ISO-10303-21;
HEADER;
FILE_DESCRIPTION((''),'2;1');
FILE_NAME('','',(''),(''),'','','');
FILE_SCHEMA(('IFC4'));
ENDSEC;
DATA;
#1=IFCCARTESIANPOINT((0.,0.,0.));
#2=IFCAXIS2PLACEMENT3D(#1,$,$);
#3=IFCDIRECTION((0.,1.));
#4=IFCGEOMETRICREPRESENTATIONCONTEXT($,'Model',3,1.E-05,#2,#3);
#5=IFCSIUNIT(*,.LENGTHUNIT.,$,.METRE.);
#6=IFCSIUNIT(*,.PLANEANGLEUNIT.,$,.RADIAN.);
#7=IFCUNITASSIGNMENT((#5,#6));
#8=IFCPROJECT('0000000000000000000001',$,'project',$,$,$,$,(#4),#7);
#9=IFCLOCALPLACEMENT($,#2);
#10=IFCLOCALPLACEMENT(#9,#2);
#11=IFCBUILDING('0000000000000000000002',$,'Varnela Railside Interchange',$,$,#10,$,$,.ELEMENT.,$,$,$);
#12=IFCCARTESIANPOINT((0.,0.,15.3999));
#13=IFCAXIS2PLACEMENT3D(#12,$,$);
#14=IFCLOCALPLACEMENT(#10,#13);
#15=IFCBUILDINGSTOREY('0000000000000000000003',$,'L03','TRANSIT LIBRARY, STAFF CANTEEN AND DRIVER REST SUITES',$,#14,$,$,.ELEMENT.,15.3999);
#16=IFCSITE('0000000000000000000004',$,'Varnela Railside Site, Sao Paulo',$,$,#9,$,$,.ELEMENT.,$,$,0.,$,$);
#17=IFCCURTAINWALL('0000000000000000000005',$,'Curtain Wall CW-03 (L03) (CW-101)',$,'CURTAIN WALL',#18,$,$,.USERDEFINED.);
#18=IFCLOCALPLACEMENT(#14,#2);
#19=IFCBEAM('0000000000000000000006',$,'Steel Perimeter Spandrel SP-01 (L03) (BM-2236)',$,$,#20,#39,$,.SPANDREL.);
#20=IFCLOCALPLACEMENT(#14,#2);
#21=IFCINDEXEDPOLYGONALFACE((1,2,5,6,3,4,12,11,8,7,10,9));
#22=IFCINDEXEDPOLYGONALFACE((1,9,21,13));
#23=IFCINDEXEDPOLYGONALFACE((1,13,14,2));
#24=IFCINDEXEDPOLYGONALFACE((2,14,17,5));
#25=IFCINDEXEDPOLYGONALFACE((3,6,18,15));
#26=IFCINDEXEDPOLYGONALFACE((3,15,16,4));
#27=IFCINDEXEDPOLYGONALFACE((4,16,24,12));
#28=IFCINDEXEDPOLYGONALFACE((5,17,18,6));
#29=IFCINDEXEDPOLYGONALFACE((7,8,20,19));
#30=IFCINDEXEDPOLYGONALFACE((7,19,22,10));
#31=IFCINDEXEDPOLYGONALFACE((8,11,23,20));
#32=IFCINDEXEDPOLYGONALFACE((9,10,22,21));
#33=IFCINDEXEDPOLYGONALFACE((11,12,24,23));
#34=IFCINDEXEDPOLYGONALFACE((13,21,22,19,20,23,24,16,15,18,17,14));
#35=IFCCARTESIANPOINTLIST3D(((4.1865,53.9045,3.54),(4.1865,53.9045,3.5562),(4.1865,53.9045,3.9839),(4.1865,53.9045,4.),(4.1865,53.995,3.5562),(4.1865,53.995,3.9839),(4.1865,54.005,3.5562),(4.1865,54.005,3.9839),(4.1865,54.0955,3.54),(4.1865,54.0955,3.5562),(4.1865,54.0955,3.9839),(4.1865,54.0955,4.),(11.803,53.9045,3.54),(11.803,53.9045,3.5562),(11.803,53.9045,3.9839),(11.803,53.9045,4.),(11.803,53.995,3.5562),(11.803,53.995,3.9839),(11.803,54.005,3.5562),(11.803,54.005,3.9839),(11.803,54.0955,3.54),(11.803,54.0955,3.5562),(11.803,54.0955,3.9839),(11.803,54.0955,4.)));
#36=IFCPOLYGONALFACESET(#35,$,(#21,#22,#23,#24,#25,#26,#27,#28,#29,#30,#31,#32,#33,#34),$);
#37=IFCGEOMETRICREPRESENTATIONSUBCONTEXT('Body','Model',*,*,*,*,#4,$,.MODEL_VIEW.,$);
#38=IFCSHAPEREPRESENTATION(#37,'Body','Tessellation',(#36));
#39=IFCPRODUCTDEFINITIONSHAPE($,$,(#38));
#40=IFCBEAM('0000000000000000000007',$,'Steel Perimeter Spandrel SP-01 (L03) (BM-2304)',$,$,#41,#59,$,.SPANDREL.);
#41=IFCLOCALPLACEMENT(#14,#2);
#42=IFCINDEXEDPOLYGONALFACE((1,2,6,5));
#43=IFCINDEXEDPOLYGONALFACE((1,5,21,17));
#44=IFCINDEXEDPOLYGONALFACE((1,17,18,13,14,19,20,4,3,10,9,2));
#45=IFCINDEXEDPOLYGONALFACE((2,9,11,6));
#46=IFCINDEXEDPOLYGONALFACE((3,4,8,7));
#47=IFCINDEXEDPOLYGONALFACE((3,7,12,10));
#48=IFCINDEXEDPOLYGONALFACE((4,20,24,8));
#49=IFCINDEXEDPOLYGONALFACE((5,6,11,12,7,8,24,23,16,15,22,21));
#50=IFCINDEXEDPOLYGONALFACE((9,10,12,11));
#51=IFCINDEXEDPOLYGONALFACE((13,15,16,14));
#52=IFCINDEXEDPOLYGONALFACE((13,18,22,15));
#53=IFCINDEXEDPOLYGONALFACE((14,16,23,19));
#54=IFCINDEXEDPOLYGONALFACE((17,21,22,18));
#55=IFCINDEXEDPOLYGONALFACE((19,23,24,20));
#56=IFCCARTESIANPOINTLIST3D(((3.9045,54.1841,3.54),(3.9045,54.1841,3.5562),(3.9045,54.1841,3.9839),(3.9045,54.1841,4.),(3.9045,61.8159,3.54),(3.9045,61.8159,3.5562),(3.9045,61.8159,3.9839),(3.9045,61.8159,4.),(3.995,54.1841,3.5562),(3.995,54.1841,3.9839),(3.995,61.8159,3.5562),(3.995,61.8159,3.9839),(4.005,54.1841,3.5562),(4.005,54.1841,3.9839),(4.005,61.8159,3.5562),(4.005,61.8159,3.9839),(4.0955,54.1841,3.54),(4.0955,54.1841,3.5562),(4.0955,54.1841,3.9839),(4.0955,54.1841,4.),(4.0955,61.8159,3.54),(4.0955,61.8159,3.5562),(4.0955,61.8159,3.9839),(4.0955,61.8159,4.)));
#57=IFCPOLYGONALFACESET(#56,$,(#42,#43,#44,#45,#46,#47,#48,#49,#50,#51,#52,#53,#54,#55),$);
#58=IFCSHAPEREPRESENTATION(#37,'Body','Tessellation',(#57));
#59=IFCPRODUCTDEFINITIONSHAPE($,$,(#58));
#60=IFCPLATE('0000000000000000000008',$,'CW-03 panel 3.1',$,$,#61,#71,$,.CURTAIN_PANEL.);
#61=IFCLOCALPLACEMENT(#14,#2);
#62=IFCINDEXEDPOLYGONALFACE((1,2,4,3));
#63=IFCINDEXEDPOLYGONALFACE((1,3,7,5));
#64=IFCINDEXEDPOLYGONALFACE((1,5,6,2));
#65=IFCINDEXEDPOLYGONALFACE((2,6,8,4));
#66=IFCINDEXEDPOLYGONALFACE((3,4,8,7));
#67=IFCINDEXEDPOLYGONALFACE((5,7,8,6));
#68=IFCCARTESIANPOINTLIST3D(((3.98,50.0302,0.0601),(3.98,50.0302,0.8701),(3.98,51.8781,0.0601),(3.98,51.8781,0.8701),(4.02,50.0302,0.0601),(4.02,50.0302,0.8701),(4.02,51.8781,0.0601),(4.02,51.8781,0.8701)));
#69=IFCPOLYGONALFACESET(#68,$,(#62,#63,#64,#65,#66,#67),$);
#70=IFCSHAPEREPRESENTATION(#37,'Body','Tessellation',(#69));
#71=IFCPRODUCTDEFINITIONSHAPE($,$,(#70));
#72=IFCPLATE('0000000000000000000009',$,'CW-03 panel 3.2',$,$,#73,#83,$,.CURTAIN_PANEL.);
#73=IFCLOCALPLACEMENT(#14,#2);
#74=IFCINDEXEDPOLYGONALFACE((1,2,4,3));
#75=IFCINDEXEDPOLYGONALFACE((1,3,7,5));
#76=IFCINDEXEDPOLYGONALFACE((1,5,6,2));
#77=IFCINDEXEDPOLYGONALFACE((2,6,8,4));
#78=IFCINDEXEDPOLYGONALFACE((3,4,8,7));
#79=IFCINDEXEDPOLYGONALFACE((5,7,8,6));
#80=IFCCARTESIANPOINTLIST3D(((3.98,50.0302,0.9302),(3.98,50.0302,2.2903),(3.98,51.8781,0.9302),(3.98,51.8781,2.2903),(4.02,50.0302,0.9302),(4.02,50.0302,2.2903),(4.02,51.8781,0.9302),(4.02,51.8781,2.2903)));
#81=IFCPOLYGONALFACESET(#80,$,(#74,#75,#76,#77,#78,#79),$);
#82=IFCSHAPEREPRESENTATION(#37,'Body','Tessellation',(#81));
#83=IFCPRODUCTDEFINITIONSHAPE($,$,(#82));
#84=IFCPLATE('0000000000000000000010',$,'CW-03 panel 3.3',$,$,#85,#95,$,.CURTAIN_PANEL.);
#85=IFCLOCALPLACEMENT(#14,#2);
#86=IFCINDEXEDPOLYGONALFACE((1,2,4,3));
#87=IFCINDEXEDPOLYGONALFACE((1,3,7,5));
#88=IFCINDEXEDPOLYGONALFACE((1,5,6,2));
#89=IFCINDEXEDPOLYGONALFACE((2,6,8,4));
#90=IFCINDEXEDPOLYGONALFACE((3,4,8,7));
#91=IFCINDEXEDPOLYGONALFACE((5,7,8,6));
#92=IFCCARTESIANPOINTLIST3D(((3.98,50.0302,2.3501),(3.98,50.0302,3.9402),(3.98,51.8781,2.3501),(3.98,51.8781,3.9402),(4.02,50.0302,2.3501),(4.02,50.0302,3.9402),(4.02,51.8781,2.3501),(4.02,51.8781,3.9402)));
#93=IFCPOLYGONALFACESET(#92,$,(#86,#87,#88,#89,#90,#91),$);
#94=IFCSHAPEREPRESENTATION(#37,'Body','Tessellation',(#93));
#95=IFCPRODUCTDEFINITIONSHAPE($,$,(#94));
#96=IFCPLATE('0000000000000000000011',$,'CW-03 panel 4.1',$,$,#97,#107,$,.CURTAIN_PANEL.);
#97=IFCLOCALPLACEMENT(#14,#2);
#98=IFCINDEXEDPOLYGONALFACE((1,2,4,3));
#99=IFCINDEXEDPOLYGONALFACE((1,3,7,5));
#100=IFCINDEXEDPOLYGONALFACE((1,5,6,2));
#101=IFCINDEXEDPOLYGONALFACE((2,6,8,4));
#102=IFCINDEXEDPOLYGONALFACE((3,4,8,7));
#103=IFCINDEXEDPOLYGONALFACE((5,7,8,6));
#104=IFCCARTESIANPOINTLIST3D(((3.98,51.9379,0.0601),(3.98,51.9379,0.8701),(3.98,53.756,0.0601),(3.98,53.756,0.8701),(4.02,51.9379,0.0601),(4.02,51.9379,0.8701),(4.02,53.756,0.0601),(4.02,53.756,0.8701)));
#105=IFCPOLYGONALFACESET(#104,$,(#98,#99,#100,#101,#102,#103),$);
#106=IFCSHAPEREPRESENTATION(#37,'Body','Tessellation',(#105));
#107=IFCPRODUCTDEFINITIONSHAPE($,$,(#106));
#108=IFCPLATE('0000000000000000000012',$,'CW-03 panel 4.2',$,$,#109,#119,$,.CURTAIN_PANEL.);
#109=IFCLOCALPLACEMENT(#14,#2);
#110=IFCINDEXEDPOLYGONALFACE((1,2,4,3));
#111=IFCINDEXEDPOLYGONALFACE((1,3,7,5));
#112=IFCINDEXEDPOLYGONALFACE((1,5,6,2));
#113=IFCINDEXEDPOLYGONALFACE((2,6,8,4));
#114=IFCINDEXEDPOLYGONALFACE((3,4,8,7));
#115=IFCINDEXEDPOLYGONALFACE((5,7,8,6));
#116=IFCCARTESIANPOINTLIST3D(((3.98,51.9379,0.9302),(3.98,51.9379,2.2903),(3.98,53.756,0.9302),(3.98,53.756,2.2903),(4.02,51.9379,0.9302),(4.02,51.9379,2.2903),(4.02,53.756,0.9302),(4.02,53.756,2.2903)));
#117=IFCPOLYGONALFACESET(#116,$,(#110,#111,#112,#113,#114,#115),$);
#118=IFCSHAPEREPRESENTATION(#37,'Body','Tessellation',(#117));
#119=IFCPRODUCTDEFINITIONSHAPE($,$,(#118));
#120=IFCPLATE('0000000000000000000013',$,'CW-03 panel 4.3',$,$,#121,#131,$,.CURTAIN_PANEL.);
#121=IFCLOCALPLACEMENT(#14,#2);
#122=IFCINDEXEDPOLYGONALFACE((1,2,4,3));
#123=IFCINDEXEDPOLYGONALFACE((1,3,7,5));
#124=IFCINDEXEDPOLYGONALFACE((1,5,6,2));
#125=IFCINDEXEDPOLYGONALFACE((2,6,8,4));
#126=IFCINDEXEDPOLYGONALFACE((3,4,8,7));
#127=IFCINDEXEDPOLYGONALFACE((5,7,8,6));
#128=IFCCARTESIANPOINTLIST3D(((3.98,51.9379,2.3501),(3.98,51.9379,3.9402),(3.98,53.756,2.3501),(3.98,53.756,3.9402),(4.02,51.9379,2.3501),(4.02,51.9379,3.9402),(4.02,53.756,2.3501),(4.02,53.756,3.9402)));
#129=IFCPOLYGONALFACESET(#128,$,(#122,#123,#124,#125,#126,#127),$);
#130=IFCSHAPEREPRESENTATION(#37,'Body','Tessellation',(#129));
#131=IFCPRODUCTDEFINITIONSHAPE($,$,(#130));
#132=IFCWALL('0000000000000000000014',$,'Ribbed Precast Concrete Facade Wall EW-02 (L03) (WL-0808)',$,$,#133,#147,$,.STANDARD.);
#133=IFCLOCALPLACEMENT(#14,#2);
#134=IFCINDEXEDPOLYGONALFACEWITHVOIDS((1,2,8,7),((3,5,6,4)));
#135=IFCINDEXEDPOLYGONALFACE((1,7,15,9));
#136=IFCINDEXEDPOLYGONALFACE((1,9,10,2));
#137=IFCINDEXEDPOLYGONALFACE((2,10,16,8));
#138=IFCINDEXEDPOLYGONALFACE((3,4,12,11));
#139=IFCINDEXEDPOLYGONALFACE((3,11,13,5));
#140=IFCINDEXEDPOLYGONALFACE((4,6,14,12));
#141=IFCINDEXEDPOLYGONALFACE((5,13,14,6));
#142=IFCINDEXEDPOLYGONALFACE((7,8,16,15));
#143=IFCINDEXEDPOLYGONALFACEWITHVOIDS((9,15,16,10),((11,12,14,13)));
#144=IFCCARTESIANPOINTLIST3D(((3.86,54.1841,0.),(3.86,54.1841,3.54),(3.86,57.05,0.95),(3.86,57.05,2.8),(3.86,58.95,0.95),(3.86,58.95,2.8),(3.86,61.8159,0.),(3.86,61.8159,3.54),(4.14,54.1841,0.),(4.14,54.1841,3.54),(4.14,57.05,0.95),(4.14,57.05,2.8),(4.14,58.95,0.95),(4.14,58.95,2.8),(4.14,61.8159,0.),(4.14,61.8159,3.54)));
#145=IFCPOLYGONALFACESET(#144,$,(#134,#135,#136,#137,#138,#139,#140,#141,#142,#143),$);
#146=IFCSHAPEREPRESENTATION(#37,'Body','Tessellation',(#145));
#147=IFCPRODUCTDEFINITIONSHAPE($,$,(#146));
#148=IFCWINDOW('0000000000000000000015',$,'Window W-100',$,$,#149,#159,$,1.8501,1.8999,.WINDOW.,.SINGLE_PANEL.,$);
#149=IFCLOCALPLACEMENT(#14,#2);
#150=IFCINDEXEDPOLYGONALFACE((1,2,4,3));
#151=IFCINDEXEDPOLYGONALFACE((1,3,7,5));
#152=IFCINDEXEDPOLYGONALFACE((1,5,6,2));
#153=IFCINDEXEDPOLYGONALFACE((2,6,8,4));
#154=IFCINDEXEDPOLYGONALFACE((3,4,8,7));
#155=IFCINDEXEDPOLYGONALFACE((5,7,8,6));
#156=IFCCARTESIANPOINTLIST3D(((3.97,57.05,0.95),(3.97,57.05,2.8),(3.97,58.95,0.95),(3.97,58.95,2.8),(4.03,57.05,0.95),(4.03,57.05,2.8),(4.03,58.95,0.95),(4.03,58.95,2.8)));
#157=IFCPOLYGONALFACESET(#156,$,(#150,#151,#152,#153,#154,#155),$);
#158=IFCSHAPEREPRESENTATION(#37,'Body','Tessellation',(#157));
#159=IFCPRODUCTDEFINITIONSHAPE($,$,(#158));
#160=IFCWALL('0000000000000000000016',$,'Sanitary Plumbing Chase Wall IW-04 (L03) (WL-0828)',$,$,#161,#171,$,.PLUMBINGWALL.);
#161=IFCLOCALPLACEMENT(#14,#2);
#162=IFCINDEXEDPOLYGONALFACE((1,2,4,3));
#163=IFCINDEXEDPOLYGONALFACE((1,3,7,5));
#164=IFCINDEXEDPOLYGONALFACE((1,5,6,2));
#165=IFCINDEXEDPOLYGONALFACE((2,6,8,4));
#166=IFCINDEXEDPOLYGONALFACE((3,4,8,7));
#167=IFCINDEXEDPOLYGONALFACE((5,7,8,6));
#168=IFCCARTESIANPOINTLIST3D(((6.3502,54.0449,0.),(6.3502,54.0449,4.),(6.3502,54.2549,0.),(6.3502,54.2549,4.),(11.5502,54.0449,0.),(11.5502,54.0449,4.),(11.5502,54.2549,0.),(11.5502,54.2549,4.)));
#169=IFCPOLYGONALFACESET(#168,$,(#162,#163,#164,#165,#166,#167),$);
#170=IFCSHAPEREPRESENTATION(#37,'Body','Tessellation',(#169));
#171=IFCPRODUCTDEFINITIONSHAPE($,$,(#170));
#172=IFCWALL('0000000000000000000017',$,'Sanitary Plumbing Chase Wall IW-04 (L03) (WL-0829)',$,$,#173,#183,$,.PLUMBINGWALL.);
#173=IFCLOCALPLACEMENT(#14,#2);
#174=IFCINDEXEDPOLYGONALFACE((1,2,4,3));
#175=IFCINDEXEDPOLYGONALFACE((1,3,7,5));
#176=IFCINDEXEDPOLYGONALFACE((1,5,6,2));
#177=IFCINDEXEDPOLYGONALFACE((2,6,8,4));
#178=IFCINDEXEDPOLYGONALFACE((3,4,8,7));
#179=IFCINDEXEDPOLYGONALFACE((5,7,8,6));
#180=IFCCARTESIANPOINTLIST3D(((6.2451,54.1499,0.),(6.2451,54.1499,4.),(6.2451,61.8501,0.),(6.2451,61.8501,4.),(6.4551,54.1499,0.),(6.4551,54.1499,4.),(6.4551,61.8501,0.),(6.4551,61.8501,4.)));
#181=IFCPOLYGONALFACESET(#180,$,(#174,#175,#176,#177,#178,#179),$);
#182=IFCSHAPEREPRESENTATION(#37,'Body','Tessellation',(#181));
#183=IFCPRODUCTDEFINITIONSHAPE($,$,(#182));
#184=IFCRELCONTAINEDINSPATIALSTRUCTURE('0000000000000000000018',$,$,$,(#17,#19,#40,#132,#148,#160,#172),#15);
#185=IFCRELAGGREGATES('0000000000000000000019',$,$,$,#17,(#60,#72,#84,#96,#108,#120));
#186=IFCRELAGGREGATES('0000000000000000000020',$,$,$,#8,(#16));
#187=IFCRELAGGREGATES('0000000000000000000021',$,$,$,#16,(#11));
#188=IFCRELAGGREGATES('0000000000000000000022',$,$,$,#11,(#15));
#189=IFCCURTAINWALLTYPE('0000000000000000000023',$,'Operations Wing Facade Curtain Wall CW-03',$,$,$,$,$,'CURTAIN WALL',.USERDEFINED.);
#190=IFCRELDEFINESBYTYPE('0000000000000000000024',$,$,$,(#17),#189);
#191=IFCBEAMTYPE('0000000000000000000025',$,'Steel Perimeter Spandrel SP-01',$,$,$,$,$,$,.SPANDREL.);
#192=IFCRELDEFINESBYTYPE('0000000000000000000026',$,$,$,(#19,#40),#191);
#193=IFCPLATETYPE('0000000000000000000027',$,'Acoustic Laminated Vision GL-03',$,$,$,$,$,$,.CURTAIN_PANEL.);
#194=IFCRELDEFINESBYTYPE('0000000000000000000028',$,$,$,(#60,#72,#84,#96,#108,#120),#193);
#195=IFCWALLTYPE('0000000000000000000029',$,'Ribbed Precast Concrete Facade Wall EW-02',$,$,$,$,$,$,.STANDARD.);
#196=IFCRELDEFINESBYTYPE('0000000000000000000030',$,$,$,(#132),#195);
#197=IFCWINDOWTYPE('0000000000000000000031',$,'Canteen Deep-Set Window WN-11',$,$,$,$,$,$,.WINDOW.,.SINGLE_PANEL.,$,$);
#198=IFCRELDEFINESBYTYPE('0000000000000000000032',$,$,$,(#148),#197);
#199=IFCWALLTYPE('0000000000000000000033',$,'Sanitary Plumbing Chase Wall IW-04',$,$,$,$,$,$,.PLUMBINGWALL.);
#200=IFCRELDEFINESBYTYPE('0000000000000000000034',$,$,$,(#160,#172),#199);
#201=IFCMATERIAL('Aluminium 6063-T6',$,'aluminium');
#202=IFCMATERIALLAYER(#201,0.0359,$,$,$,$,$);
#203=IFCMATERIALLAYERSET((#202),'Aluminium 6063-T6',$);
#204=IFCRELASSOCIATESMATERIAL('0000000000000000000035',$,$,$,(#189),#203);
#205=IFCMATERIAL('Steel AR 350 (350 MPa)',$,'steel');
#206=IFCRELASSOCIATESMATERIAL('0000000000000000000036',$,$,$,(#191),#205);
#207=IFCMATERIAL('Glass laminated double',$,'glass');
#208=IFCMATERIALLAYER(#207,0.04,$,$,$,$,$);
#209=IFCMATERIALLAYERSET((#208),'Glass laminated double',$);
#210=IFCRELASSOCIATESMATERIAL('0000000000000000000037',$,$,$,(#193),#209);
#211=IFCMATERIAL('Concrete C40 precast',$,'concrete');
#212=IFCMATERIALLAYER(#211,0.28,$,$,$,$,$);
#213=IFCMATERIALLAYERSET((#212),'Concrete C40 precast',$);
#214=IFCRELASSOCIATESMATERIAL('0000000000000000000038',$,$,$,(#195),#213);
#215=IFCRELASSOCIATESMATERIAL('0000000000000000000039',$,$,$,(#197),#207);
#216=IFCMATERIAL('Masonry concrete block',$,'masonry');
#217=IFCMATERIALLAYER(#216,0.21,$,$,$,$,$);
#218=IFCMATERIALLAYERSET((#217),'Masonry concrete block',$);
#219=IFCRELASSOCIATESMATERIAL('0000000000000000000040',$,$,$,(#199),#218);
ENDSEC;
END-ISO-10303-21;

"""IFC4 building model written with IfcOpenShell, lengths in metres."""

from ifc_helpers import new_model, si_unit, direction, frame, frame_2d, origin, origin_2d, place, context, subcontext, project, spatial, rectangle, i_section, extrude, material, layer, layer_set, material_profile, profile_set, type_object, element, fill, aggregate, save


model = new_model("IFC4")

# Units and contexts
model_context = context("Model", 3, precision=1e-05, world=origin(), true_north=direction((0.0, 1.0)))
body_context = subcontext(model_context, "Body", "Model", "MODEL_VIEW")
ifc_project = project(units=[si_unit("LENGTHUNIT", "METRE"), si_unit("PLANEANGLEUNIT", "RADIAN")], contexts=[model_context])

# Site, building, storey
site_placement = place(None, origin())
site = spatial("IfcSite", under=ifc_project, at=site_placement, Name="Varnela Railside Site, Sao Paulo", CompositionType="ELEMENT", RefElevation=0.0)
building_placement = place(site_placement, origin())
building = spatial("IfcBuilding", under=site, at=building_placement, Name="Varnela Railside Interchange", CompositionType="ELEMENT")
storey_placement = place(building_placement, frame((0.0, 0.0, 15.3999)))
storey = spatial("IfcBuildingStorey", under=building, at=storey_placement, Name="L03", Description="TRANSIT LIBRARY, STAFF CANTEEN AND DRIVER REST SUITES", CompositionType="ELEMENT", Elevation=15.3999)

# Shared definitions
ifc_material_1 = material(Name="Steel AR 350 (350 MPa)", Category="steel")

# Curtain wall
ifc_material_2 = material(Name="Aluminium 6063-T6", Category="aluminium")
ifc_layer_1 = layer(ifc_material_2, 0.0359)
ifc_layer_set_1 = layer_set([ifc_layer_1], Name="Aluminium 6063-T6")
curtain_wall_type = type_object("IfcCurtainWallType", Name="Operations Wing Facade Curtain Wall CW-03", ElementType="CURTAIN WALL", PredefinedType="USERDEFINED", material=ifc_layer_set_1)
curtain_wall_placement = place(storey_placement, origin())
curtain_wall = element("IfcCurtainWall", 1, at=curtain_wall_placement, inside=storey, type_object=curtain_wall_type, Name="Curtain Wall CW-03 (L03) (CW-101)", ObjectType="CURTAIN WALL", PredefinedType="USERDEFINED")

# Beams
ifc_material_profile_1 = material_profile(ifc_material_1, i_section(OverallWidth=0.1909, OverallDepth=0.46, WebThickness=0.01, FlangeThickness=0.0161, at=origin_2d()), Name="W460x82")
ifc_profile_set_1 = profile_set([ifc_material_profile_1], Name="Steel AR 350 (350 MPa)")
beam_type_1 = type_object("IfcBeamType", Name="Steel Perimeter Spandrel SP-01", PredefinedType="SPANDREL", material=ifc_profile_set_1)
beam_1_placement = place(storey_placement, frame((4.1865, 54.0, 3.77), z_axis=(1.0, 0.0, 0.0), x_axis=(0.0, 1.0, 0.0)))
element("IfcBeam", 2, at=beam_1_placement, inside=storey, type_object=beam_type_1, Name="Steel Perimeter Spandrel SP-01 (L03) (BM-2236)", PredefinedType="SPANDREL", context=body_context, shape_type="SweptSolid", body=[
    extrude(i_section(OverallWidth=0.1909, OverallDepth=0.46, WebThickness=0.01, FlangeThickness=0.0161, at=origin_2d()), origin(), (0.0, 0.0, 1.0), 7.6165),
])
beam_2_placement = place(storey_placement, frame((4.0, 54.1841, 3.77), z_axis=(0.0, 1.0, 0.0), x_axis=(-1.0, 0.0, 0.0)))
element("IfcBeam", 3, at=beam_2_placement, inside=storey, type_object=beam_type_1, Name="Steel Perimeter Spandrel SP-01 (L03) (BM-2304)", PredefinedType="SPANDREL", context=body_context, shape_type="SweptSolid", body=[
    extrude(i_section(OverallWidth=0.1909, OverallDepth=0.46, WebThickness=0.01, FlangeThickness=0.0161, at=origin_2d()), origin(), (0.0, 0.0, 1.0), 7.6318),
])

# Plates
ifc_material_3 = material(Name="Glass laminated double", Category="glass")
ifc_layer_2 = layer(ifc_material_3, 0.04)
ifc_layer_set_2 = layer_set([ifc_layer_2], Name="Glass laminated double")
plate_type = type_object("IfcPlateType", Name="Acoustic Laminated Vision GL-03", PredefinedType="CURTAIN_PANEL", material=ifc_layer_set_2)
plate_1_placement = place(storey_placement, frame((4.0, 50.9541, 0.0601), z_axis=(0.0, 0.0, 1.0), x_axis=(0.0, 1.0, 0.0)))
plate_1 = element("IfcPlate", 4, at=plate_1_placement, type_object=plate_type, Name="CW-03 panel 3.1", PredefinedType="CURTAIN_PANEL", context=body_context, shape_type="SweptSolid", body=[
    extrude(rectangle(XDim=1.8479, YDim=0.04, at=origin_2d()), origin(), (0.0, 0.0, 1.0), 0.8101),
])
plate_2_placement = place(storey_placement, frame((4.0, 50.9541, 0.9302), z_axis=(0.0, 0.0, 1.0), x_axis=(0.0, 1.0, 0.0)))
plate_2 = element("IfcPlate", 5, at=plate_2_placement, type_object=plate_type, Name="CW-03 panel 3.2", PredefinedType="CURTAIN_PANEL", context=body_context, shape_type="SweptSolid", body=[
    extrude(rectangle(XDim=1.8479, YDim=0.04, at=origin_2d()), origin(), (0.0, 0.0, 1.0), 1.3601),
])
plate_3_placement = place(storey_placement, frame((4.0, 50.9541, 2.3501), z_axis=(0.0, 0.0, 1.0), x_axis=(0.0, 1.0, 0.0)))
plate_3 = element("IfcPlate", 6, at=plate_3_placement, type_object=plate_type, Name="CW-03 panel 3.3", PredefinedType="CURTAIN_PANEL", context=body_context, shape_type="SweptSolid", body=[
    extrude(rectangle(XDim=1.8479, YDim=0.04, at=origin_2d()), origin(), (0.0, 0.0, 1.0), 1.5901),
])
plate_4_placement = place(storey_placement, frame((4.0, 52.8469, 0.0601), z_axis=(0.0, 0.0, 1.0), x_axis=(0.0, 1.0, 0.0)))
plate_4 = element("IfcPlate", 7, at=plate_4_placement, type_object=plate_type, Name="CW-03 panel 4.1", PredefinedType="CURTAIN_PANEL", context=body_context, shape_type="SweptSolid", body=[
    extrude(rectangle(XDim=1.8181, YDim=0.04, at=origin_2d()), origin(), (0.0, 0.0, 1.0), 0.8101),
])
plate_5_placement = place(storey_placement, frame((4.0, 52.8469, 0.9302), z_axis=(0.0, 0.0, 1.0), x_axis=(0.0, 1.0, 0.0)))
plate_5 = element("IfcPlate", 8, at=plate_5_placement, type_object=plate_type, Name="CW-03 panel 4.2", PredefinedType="CURTAIN_PANEL", context=body_context, shape_type="SweptSolid", body=[
    extrude(rectangle(XDim=1.8181, YDim=0.04, at=origin_2d()), origin(), (0.0, 0.0, 1.0), 1.3601),
])
plate_6_placement = place(storey_placement, frame((4.0, 52.8469, 2.3501), z_axis=(0.0, 0.0, 1.0), x_axis=(0.0, 1.0, 0.0)))
plate_6 = element("IfcPlate", 9, at=plate_6_placement, type_object=plate_type, Name="CW-03 panel 4.3", PredefinedType="CURTAIN_PANEL", context=body_context, shape_type="SweptSolid", body=[
    extrude(rectangle(XDim=1.8181, YDim=0.04, at=origin_2d()), origin(), (0.0, 0.0, 1.0), 1.5901),
])
aggregate(curtain_wall, [plate_1, plate_2, plate_3, plate_4, plate_5, plate_6])

# Wall, opening, window
ifc_material_4 = material(Name="Concrete C40 precast", Category="concrete")
ifc_layer_3 = layer(ifc_material_4, 0.28)
ifc_layer_set_3 = layer_set([ifc_layer_3], Name="Concrete C40 precast")
wall_type_1 = type_object("IfcWallType", Name="Ribbed Precast Concrete Facade Wall EW-02", PredefinedType="STANDARD", material=ifc_layer_set_3)
wall_1_placement = place(storey_placement, frame((4.0, 54.1841, 0.0), z_axis=(0.0, 0.0, 1.0), x_axis=(0.0, 1.0, 0.0)))
wall_1 = element("IfcWall", 10, at=wall_1_placement, inside=storey, type_object=wall_type_1, Name="Ribbed Precast Concrete Facade Wall EW-02 (L03) (WL-0808)", PredefinedType="STANDARD", context=body_context, shape_type="SweptSolid", body=[
    extrude(rectangle(XDim=7.6318, YDim=0.28, at=frame_2d((3.8159, 0.0))), origin(), (0.0, 0.0, 1.0), 3.54),
])
opening_placement = place(wall_1_placement, frame((2.866, 0.0, 0.95)))
opening = element("IfcOpeningElement", 11, at=opening_placement, cuts=wall_1, PredefinedType="OPENING", context=body_context, shape_type="SweptSolid", body=[
    extrude(rectangle(XDim=1.8999, YDim=1.8501, at=frame_2d((0.95, 0.925))), frame((0.0, 0.1499, 0.0), z_axis=(0.0, -1.0, 0.0), x_axis=(1.0, 0.0, 0.0)), (0.0, 0.0, 1.0), 0.3),
])
window_type = type_object("IfcWindowType", Name="Canteen Deep-Set Window WN-11", PartitioningType="SINGLE_PANEL", PredefinedType="WINDOW", material=ifc_material_3)
window_placement = place(opening_placement, origin())
window = element("IfcWindow", 12, at=window_placement, inside=storey, type_object=window_type, Name="Window W-100", OverallHeight=1.8501, OverallWidth=1.8999, PartitioningType="SINGLE_PANEL", PredefinedType="WINDOW", context=body_context, shape_type="SweptSolid", body=[
    extrude(rectangle(XDim=1.8999, YDim=1.8501, at=frame_2d((0.95, 0.925))), frame((0.0, 0.03, 0.0), z_axis=(0.0, -1.0, 0.0), x_axis=(1.0, 0.0, 0.0)), (0.0, 0.0, 1.0), 0.0601),
])
fill(opening, window)

# Walls
ifc_material_5 = material(Name="Masonry concrete block", Category="masonry")
ifc_layer_4 = layer(ifc_material_5, 0.21)
ifc_layer_set_4 = layer_set([ifc_layer_4], Name="Masonry concrete block")
wall_type_2 = type_object("IfcWallType", Name="Sanitary Plumbing Chase Wall IW-04", PredefinedType="PLUMBINGWALL", material=ifc_layer_set_4)
wall_2_placement = place(storey_placement, frame((6.3501, 54.1499, 0.0), z_axis=(0.0, 0.0, 1.0), x_axis=(1.0, 0.0, 0.0)))
element("IfcWall", 13, at=wall_2_placement, inside=storey, type_object=wall_type_2, Name="Sanitary Plumbing Chase Wall IW-04 (L03) (WL-0828)", PredefinedType="PLUMBINGWALL", context=body_context, shape_type="SweptSolid", body=[
    extrude(rectangle(XDim=5.2, YDim=0.21, at=frame_2d((2.6001, 0.0))), origin(), (0.0, 0.0, 1.0), 4.0),
])
wall_3_placement = place(storey_placement, frame((6.3501, 54.1499, 0.0), z_axis=(0.0, 0.0, 1.0), x_axis=(0.0, 1.0, 0.0)))
element("IfcWall", 14, at=wall_3_placement, inside=storey, type_object=wall_type_2, Name="Sanitary Plumbing Chase Wall IW-04 (L03) (WL-0829)", PredefinedType="PLUMBINGWALL", context=body_context, shape_type="SweptSolid", body=[
    extrude(rectangle(XDim=7.7002, YDim=0.21, at=frame_2d((3.8501, 0.0))), origin(), (0.0, 0.0, 1.0), 4.0),
])

save(model, "model.ifc")
